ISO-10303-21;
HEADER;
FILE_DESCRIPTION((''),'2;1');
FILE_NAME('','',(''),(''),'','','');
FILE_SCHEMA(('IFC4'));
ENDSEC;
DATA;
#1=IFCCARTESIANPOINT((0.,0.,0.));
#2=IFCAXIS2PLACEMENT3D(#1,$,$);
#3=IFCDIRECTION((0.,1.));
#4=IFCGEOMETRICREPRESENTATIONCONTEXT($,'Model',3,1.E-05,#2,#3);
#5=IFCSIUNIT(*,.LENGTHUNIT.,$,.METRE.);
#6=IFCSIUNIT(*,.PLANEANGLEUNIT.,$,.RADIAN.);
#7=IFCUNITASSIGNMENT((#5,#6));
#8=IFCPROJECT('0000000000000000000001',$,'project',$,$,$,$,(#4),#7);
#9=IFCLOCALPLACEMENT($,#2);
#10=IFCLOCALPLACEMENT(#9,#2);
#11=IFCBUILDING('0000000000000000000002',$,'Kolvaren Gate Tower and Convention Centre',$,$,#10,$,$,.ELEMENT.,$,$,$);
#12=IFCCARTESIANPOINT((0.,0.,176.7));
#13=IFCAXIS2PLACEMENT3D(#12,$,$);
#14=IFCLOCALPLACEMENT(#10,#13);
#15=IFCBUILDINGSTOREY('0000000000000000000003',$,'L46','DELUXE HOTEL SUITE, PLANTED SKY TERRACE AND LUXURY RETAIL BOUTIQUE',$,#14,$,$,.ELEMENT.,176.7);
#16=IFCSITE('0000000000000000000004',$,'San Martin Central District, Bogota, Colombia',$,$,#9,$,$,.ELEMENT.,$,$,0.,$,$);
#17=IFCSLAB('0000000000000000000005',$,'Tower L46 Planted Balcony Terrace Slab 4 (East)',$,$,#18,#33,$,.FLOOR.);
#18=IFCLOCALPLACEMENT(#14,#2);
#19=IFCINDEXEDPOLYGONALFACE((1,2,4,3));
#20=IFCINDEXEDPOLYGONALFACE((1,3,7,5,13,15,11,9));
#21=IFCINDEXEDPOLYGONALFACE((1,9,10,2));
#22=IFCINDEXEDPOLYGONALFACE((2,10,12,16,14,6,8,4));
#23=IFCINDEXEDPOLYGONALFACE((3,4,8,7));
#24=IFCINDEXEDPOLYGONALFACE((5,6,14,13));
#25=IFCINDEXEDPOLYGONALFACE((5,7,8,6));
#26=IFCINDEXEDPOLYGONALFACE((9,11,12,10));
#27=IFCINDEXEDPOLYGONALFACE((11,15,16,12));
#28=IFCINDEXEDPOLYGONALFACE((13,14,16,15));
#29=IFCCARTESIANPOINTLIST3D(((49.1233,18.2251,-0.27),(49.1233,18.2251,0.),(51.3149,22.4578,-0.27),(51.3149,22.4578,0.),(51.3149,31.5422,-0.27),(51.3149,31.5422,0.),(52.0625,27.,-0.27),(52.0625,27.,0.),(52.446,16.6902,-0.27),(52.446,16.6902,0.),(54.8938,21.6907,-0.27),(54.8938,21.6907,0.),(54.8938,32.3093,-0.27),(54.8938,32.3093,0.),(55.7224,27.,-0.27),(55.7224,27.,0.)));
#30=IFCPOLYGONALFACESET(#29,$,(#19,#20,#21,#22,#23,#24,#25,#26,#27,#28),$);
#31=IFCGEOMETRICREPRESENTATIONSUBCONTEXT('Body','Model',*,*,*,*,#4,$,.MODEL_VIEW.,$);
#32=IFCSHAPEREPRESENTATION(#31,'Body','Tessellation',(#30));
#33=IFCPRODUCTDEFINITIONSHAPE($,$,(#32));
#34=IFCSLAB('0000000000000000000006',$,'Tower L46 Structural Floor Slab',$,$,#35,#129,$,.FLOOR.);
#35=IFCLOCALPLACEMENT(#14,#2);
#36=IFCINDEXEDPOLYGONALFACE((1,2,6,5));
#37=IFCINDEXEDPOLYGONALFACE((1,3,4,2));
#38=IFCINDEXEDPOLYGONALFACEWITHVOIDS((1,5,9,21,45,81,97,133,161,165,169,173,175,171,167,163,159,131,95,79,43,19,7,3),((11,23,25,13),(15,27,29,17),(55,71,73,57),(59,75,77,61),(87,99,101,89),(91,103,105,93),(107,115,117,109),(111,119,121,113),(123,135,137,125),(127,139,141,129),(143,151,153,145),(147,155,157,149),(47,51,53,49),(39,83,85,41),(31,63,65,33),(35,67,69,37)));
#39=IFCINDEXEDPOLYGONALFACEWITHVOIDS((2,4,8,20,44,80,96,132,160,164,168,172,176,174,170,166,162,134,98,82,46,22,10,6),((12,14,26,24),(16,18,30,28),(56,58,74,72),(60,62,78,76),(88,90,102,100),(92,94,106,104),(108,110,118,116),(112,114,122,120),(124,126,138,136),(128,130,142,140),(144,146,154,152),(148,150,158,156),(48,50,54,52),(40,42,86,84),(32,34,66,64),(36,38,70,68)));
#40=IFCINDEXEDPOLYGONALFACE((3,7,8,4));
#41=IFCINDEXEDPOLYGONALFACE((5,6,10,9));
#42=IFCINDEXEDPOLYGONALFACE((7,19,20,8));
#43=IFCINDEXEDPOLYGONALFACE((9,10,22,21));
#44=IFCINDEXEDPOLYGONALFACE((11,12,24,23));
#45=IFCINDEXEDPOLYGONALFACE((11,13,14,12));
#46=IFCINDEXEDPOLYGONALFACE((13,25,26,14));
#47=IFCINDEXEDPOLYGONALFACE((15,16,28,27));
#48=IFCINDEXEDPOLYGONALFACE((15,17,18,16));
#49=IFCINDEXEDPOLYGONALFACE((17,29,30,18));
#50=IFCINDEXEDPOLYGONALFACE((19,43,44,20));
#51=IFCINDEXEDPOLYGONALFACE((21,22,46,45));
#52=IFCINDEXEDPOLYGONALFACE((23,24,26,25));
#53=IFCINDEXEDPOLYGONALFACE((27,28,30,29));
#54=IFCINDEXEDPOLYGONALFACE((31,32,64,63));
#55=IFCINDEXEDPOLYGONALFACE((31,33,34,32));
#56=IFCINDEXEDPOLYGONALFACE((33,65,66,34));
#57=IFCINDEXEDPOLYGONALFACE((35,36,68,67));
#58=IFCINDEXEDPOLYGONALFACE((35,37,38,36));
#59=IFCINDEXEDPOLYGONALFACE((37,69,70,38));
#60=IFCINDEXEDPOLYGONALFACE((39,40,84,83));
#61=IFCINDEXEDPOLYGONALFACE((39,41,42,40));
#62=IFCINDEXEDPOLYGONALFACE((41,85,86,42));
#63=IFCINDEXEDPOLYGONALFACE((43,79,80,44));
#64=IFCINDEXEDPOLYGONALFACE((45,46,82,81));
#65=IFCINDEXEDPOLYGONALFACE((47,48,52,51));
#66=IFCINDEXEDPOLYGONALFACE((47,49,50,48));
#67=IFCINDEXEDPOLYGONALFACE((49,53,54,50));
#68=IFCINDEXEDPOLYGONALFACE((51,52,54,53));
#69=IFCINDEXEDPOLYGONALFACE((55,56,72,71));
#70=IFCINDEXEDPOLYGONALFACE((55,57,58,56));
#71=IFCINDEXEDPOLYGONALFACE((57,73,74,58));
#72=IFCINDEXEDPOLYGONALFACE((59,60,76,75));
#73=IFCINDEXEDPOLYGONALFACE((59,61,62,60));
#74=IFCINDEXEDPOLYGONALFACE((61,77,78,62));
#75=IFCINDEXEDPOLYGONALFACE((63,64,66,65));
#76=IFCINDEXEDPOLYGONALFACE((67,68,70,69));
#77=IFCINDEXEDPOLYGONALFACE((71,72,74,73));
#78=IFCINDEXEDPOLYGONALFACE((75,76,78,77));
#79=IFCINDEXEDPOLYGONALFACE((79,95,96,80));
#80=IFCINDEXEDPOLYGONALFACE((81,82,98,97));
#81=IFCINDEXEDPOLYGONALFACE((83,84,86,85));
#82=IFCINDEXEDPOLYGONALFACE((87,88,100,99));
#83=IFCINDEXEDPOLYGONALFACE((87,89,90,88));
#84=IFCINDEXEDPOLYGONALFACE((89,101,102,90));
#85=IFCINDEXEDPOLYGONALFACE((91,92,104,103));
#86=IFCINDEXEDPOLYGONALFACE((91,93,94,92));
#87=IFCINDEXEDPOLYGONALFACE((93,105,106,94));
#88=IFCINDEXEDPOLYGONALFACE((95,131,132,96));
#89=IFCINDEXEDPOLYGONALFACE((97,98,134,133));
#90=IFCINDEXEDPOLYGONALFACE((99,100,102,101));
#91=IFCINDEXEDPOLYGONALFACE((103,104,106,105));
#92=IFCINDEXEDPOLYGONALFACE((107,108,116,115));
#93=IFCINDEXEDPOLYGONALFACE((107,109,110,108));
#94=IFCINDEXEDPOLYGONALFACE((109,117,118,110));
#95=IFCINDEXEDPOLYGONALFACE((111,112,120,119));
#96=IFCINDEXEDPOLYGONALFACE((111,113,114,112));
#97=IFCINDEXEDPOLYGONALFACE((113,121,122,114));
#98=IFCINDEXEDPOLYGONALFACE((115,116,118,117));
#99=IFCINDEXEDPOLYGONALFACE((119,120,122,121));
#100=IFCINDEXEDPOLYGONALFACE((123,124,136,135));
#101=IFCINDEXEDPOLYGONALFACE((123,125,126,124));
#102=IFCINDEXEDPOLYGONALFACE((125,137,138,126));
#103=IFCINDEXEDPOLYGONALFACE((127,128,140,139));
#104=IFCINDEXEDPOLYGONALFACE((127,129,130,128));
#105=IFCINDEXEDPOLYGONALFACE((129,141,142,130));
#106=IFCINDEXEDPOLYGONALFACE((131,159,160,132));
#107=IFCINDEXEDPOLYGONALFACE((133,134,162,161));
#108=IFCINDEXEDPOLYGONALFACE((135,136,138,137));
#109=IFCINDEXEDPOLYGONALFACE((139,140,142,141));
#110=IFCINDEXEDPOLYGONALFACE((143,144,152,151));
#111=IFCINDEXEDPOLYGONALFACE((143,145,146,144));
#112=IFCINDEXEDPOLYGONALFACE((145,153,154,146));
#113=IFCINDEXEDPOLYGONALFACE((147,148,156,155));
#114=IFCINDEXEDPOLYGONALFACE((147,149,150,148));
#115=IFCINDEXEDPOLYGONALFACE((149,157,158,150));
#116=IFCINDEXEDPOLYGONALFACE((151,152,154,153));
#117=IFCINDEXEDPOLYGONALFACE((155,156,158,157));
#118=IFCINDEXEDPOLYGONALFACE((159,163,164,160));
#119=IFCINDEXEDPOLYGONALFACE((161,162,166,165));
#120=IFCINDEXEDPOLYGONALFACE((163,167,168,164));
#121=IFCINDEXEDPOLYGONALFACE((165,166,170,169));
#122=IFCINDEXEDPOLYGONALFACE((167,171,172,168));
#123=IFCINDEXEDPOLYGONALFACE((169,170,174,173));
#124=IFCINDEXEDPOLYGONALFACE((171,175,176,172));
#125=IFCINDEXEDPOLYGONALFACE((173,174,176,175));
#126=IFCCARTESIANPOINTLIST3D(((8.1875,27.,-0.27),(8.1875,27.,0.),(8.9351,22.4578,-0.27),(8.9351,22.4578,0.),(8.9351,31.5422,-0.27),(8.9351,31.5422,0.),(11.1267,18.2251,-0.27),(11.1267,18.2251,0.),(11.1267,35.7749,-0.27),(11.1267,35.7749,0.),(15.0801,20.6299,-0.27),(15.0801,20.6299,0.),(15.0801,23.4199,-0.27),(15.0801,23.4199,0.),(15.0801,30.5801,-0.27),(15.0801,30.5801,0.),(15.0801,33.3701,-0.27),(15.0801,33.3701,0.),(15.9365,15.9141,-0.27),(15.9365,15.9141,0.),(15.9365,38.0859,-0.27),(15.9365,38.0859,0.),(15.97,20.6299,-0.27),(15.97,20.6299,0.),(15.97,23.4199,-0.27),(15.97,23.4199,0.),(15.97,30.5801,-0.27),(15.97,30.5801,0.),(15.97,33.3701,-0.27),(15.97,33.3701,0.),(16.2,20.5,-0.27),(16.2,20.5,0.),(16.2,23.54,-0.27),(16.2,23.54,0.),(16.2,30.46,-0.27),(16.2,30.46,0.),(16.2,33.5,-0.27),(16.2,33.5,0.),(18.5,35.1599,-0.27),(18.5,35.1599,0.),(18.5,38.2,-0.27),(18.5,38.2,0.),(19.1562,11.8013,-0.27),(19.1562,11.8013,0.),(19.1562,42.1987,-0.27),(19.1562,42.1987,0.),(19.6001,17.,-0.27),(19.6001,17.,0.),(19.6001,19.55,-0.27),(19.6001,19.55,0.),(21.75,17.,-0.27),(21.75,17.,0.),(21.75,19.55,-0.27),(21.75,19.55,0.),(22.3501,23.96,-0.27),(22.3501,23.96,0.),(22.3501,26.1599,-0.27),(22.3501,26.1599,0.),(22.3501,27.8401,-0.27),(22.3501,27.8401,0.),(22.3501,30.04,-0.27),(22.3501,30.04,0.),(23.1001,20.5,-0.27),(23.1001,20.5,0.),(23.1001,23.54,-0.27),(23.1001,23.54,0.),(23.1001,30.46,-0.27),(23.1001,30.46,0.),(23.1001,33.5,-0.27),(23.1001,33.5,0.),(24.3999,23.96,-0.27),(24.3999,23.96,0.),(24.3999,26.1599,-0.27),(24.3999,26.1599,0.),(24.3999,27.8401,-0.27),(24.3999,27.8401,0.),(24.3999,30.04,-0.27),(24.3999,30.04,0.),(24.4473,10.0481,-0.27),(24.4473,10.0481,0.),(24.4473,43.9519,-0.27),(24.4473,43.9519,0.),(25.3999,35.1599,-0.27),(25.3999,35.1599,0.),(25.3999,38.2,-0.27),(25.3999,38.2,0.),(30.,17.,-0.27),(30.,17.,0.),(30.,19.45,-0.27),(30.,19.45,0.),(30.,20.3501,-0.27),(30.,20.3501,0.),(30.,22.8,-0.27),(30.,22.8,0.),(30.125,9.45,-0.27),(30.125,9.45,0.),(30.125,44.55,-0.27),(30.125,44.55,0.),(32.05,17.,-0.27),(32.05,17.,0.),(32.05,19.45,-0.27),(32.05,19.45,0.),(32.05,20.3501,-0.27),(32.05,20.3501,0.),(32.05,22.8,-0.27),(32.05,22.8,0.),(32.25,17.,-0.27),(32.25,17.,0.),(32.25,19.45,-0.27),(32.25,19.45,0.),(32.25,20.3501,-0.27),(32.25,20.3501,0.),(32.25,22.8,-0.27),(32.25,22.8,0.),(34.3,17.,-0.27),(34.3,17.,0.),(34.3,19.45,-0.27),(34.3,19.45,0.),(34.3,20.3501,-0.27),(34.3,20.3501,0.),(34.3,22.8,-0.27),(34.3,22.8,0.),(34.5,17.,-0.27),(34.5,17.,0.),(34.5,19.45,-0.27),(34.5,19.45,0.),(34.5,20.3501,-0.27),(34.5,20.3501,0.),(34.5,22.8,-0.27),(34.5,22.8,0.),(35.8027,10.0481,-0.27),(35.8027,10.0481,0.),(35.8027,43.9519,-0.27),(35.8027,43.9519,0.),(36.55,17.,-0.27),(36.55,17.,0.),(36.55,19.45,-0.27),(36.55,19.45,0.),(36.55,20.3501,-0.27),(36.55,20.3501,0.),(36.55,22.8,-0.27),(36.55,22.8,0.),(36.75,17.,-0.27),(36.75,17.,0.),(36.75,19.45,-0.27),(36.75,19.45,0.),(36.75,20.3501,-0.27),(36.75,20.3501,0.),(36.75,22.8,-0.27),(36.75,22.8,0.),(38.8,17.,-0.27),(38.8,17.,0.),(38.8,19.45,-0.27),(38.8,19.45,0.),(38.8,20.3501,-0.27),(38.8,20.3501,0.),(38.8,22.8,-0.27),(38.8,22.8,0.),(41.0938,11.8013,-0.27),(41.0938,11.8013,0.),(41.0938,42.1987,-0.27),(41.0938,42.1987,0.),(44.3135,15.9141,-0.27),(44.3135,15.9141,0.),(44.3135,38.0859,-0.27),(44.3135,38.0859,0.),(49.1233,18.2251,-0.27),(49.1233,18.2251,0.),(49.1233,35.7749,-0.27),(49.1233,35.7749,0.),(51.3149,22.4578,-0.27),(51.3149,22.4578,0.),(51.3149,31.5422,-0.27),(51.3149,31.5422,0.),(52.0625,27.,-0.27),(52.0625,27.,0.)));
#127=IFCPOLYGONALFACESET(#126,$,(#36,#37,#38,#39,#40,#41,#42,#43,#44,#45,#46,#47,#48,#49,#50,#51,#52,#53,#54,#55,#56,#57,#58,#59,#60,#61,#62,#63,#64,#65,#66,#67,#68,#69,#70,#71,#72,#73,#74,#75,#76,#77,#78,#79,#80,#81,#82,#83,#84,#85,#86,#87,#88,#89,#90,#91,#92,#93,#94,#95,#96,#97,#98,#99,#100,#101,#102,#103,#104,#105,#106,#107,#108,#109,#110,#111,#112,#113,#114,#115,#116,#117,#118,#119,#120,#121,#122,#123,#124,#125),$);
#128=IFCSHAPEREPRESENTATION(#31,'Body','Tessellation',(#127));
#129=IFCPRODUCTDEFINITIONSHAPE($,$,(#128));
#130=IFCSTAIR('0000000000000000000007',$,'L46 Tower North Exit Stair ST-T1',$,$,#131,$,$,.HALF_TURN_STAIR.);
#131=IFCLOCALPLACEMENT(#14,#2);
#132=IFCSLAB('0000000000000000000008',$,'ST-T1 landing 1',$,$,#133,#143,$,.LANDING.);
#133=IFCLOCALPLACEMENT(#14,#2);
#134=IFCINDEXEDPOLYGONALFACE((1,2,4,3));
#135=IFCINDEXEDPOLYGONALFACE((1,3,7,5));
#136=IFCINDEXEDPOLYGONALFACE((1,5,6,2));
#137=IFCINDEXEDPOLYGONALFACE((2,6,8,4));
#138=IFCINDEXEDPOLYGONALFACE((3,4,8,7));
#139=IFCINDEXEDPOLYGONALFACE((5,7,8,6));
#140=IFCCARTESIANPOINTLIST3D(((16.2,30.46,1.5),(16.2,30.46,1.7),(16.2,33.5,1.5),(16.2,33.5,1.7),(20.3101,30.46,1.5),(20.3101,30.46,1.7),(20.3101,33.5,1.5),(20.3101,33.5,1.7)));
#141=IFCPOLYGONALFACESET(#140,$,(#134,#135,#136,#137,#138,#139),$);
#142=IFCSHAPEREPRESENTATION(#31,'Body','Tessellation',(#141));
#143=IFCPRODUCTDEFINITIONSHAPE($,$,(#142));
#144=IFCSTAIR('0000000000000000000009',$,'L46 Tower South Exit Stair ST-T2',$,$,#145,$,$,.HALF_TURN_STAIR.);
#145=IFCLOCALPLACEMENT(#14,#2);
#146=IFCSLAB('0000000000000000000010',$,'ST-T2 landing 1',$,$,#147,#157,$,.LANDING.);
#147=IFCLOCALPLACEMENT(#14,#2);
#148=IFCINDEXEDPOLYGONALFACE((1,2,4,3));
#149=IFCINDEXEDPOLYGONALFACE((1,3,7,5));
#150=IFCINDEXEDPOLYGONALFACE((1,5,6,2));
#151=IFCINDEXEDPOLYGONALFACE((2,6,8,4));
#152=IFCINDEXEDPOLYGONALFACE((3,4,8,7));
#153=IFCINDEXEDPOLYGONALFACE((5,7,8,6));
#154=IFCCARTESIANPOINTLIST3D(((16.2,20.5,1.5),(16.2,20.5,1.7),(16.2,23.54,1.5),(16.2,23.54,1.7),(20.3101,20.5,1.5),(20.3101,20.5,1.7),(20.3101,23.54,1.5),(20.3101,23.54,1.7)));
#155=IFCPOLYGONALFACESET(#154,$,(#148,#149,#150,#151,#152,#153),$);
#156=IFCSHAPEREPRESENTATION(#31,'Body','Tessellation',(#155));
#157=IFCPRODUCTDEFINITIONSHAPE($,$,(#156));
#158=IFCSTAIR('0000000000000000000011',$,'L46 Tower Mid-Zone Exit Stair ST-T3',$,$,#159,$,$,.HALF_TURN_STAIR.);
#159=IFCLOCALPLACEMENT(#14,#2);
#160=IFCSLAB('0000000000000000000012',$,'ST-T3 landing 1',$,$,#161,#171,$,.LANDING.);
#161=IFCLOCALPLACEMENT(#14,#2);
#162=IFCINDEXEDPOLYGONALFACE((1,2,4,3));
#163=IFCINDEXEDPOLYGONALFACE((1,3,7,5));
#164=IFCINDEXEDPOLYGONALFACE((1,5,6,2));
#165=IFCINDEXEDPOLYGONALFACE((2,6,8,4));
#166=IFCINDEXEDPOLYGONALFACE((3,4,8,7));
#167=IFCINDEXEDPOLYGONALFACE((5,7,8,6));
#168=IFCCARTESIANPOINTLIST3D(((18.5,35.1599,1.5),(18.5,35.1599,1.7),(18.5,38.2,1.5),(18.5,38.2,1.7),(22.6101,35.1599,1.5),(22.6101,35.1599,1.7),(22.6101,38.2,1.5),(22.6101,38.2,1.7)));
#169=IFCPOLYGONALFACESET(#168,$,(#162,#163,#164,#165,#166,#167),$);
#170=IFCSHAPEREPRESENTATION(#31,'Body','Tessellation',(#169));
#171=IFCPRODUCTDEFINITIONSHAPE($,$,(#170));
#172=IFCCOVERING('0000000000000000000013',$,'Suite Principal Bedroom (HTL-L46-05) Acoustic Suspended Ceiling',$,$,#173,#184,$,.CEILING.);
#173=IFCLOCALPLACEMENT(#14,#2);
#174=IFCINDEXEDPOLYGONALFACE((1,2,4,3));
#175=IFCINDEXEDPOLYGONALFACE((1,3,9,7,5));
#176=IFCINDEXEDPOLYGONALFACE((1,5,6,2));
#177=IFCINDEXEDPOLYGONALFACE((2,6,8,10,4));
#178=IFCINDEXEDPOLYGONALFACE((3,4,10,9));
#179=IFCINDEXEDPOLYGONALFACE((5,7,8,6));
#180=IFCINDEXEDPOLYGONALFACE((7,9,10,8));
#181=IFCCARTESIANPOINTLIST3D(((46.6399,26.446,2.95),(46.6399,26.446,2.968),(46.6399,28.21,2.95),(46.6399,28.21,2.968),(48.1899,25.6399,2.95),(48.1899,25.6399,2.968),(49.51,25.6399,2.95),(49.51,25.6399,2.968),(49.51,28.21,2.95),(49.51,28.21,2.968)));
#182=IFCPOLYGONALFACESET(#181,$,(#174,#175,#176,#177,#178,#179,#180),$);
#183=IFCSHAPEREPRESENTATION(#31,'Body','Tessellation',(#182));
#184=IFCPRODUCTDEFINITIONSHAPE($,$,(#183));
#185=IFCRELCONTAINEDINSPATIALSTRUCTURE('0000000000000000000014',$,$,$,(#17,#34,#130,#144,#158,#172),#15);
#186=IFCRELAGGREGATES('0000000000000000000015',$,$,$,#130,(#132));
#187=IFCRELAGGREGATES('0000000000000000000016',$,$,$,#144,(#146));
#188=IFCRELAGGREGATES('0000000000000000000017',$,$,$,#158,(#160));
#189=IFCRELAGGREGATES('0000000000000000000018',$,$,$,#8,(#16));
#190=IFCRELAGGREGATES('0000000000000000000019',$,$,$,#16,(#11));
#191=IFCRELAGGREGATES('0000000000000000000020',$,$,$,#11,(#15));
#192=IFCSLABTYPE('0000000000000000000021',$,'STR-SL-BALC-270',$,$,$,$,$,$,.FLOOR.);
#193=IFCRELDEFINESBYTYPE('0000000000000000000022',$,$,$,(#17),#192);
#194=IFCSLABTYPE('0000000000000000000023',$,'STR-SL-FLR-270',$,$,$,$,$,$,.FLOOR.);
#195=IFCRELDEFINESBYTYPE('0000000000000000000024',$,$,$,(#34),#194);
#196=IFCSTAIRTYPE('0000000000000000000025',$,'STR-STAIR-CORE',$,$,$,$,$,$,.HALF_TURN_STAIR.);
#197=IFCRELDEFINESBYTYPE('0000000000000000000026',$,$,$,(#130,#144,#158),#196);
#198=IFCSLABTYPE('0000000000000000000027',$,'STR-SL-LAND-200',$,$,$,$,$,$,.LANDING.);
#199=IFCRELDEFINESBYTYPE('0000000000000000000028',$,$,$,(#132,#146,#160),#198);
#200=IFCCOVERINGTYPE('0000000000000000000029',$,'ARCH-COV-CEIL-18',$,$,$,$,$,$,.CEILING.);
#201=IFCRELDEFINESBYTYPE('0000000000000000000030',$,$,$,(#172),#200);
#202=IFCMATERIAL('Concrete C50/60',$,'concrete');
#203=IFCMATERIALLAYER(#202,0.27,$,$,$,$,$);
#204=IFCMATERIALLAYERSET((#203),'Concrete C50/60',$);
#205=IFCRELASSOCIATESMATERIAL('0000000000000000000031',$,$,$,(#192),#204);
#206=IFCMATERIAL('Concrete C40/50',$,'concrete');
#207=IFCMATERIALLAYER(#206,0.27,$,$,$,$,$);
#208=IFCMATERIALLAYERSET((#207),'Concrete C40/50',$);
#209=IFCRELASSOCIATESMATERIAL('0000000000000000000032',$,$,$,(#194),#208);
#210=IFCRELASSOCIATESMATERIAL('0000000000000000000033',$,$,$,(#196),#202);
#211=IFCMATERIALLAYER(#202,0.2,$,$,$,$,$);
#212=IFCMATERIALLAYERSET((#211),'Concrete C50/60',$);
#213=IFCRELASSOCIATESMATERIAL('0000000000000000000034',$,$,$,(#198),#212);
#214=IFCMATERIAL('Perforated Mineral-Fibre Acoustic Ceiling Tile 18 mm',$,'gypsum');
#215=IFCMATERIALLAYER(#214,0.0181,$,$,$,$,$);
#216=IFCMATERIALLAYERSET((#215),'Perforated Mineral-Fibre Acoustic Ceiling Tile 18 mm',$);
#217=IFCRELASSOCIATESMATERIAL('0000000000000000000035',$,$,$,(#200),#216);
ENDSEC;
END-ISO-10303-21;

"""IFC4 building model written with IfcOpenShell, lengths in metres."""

from ifc_helpers import new_model, si_unit, direction, frame, origin, place, context, subcontext, project, spatial, polyline, outline, extrude, material, layer, layer_set, type_object, element, aggregate, save


model = new_model("IFC4")

# Units and contexts
model_context = context("Model", 3, precision=1e-05, world=origin(), true_north=direction((0.0, 1.0)))
body_context = subcontext(model_context, "Body", "Model", "MODEL_VIEW")
ifc_project = project(units=[si_unit("LENGTHUNIT", "METRE"), si_unit("PLANEANGLEUNIT", "RADIAN")], contexts=[model_context])

# Site, building, storey
site_placement = place(None, origin())
site = spatial("IfcSite", under=ifc_project, at=site_placement, Name="San Martin Central District, Bogota, Colombia", CompositionType="ELEMENT", RefElevation=0.0)
building_placement = place(site_placement, origin())
building = spatial("IfcBuilding", under=site, at=building_placement, Name="Kolvaren Gate Tower and Convention Centre", CompositionType="ELEMENT")
storey_placement = place(building_placement, frame((0.0, 0.0, 176.7)))
storey = spatial("IfcBuildingStorey", under=building, at=storey_placement, Name="L46", Description="DELUXE HOTEL SUITE, PLANTED SKY TERRACE AND LUXURY RETAIL BOUTIQUE", CompositionType="ELEMENT", Elevation=176.7)

# Slabs
ifc_material_1 = material(Name="Concrete C50/60", Category="concrete")
ifc_layer_1 = layer(ifc_material_1, 0.27)
ifc_layer_set_1 = layer_set([ifc_layer_1], Name="Concrete C50/60")
slab_type_1 = type_object("IfcSlabType", Name="STR-SL-BALC-270", PredefinedType="FLOOR", material=ifc_layer_set_1)
slab_1_placement = place(storey_placement, frame((0.0, 0.0, -0.27)))
element("IfcSlab", 1, at=slab_1_placement, inside=storey, type_object=slab_type_1, Name="Tower L46 Planted Balcony Terrace Slab 4 (East)", PredefinedType="FLOOR", context=body_context, shape_type="SweptSolid", body=[
    extrude(outline(polyline([(49.1233, 18.2251), (51.3149, 22.4578), (52.0625, 27.0), (51.3149, 31.5422), (54.8938, 32.3093), (55.7224, 27.0), (54.8938, 21.6907), (52.446, 16.6902), (49.1233, 18.2251)])), origin(), (0.0, 0.0, 1.0), 0.27),
])
ifc_material_2 = material(Name="Concrete C40/50", Category="concrete")
ifc_layer_2 = layer(ifc_material_2, 0.27)
ifc_layer_set_2 = layer_set([ifc_layer_2], Name="Concrete C40/50")
slab_type_2 = type_object("IfcSlabType", Name="STR-SL-FLR-270", PredefinedType="FLOOR", material=ifc_layer_set_2)
slab_2_placement = place(storey_placement, frame((0.0, 0.0, -0.27)))
element("IfcSlab", 2, at=slab_2_placement, inside=storey, type_object=slab_type_2, Name="Tower L46 Structural Floor Slab", PredefinedType="FLOOR", context=body_context, shape_type="SweptSolid", body=[
    extrude(outline(polyline([(52.0625, 27.0), (51.3149, 31.5422), (49.1233, 35.7749), (44.3135, 38.0859), (41.0938, 42.1987), (35.8027, 43.9519), (30.125, 44.55), (24.4473, 43.9519), (19.1562, 42.1987), (15.9365, 38.0859), (11.1267, 35.7749), (8.9351, 31.5422), (8.1875, 27.0), (8.9351, 22.4578), (11.1267, 18.2251), (15.9365, 15.9141), (19.1562, 11.8013), (24.4473, 10.0481), (30.125, 9.45), (35.8027, 10.0481), (41.0938, 11.8013), (44.3135, 15.9141), (49.1233, 18.2251), (51.3149, 22.4578), (52.0625, 27.0)]), holes=[polyline([(36.75, 17.0), (36.75, 19.45), (38.8, 19.45), (38.8, 17.0), (36.75, 17.0)]), polyline([(36.75, 20.3501), (36.75, 22.8), (38.8, 22.8), (38.8, 20.3501), (36.75, 20.3501)]), polyline([(34.5, 17.0), (34.5, 19.45), (36.55, 19.45), (36.55, 17.0), (34.5, 17.0)]), polyline([(34.5, 20.3501), (34.5, 22.8), (36.55, 22.8), (36.55, 20.3501), (34.5, 20.3501)]), polyline([(32.25, 17.0), (32.25, 19.45), (34.3, 19.45), (34.3, 17.0), (32.25, 17.0)]), polyline([(32.25, 20.3501), (32.25, 22.8), (34.3, 22.8), (34.3, 20.3501), (32.25, 20.3501)]), polyline([(30.0, 17.0), (30.0, 19.45), (32.05, 19.45), (32.05, 17.0), (30.0, 17.0)]), polyline([(30.0, 20.3501), (30.0, 22.8), (32.05, 22.8), (32.05, 20.3501), (30.0, 20.3501)]), polyline([(25.3999, 38.2), (25.3999, 35.1599), (18.5, 35.1599), (18.5, 38.2), (25.3999, 38.2)]), polyline([(22.3501, 23.96), (22.3501, 26.1599), (24.3999, 26.1599), (24.3999, 23.96), (22.3501, 23.96)]), polyline([(22.3501, 27.8401), (22.3501, 30.04), (24.3999, 30.04), (24.3999, 27.8401), (22.3501, 27.8401)]), polyline([(23.1001, 23.54), (23.1001, 20.5), (16.2, 20.5), (16.2, 23.54), (23.1001, 23.54)]), polyline([(23.1001, 33.5), (23.1001, 30.46), (16.2, 30.46), (16.2, 33.5), (23.1001, 33.5)]), polyline([(19.6001, 17.0), (19.6001, 19.55), (21.75, 19.55), (21.75, 17.0), (19.6001, 17.0)]), polyline([(15.0801, 20.6299), (15.0801, 23.4199), (15.97, 23.4199), (15.97, 20.6299), (15.0801, 20.6299)]), polyline([(15.0801, 30.5801), (15.0801, 33.3701), (15.97, 33.3701), (15.97, 30.5801), (15.0801, 30.5801)])]), origin(), (0.0, 0.0, 1.0), 0.27),
])

# Stairs, slabs
stair_type = type_object("IfcStairType", Name="STR-STAIR-CORE", PredefinedType="HALF_TURN_STAIR", material=ifc_material_1)
stair_1_placement = place(storey_placement, origin())
stair_1 = element("IfcStair", 3, at=stair_1_placement, inside=storey, type_object=stair_type, Name="L46 Tower North Exit Stair ST-T1", PredefinedType="HALF_TURN_STAIR")
ifc_layer_3 = layer(ifc_material_1, 0.2)
ifc_layer_set_3 = layer_set([ifc_layer_3], Name="Concrete C50/60")
slab_type_3 = type_object("IfcSlabType", Name="STR-SL-LAND-200", PredefinedType="LANDING", material=ifc_layer_set_3)
slab_3_placement = place(storey_placement, frame((0.0, 0.0, 1.5)))
slab_3 = element("IfcSlab", 4, at=slab_3_placement, type_object=slab_type_3, Name="ST-T1 landing 1", PredefinedType="LANDING", context=body_context, shape_type="SweptSolid", body=[
    extrude(outline(polyline([(20.3101, 33.5), (16.2, 33.5), (16.2, 30.46), (20.3101, 30.46), (20.3101, 33.5)])), origin(), (0.0, 0.0, 1.0), 0.2),
])
aggregate(stair_1, [slab_3])
stair_2_placement = place(storey_placement, origin())
stair_2 = element("IfcStair", 5, at=stair_2_placement, inside=storey, type_object=stair_type, Name="L46 Tower South Exit Stair ST-T2", PredefinedType="HALF_TURN_STAIR")
slab_4_placement = place(storey_placement, frame((0.0, 0.0, 1.5)))
slab_4 = element("IfcSlab", 6, at=slab_4_placement, type_object=slab_type_3, Name="ST-T2 landing 1", PredefinedType="LANDING", context=body_context, shape_type="SweptSolid", body=[
    extrude(outline(polyline([(20.3101, 23.54), (16.2, 23.54), (16.2, 20.5), (20.3101, 20.5), (20.3101, 23.54)])), origin(), (0.0, 0.0, 1.0), 0.2),
])
aggregate(stair_2, [slab_4])
stair_3_placement = place(storey_placement, origin())
stair_3 = element("IfcStair", 7, at=stair_3_placement, inside=storey, type_object=stair_type, Name="L46 Tower Mid-Zone Exit Stair ST-T3", PredefinedType="HALF_TURN_STAIR")
slab_5_placement = place(storey_placement, frame((0.0, 0.0, 1.5)))
slab_5 = element("IfcSlab", 8, at=slab_5_placement, type_object=slab_type_3, Name="ST-T3 landing 1", PredefinedType="LANDING", context=body_context, shape_type="SweptSolid", body=[
    extrude(outline(polyline([(22.6101, 38.2), (18.5, 38.2), (18.5, 35.1599), (22.6101, 35.1599), (22.6101, 38.2)])), origin(), (0.0, 0.0, 1.0), 0.2),
])
aggregate(stair_3, [slab_5])

# Covering
ifc_material_3 = material(Name="Perforated Mineral-Fibre Acoustic Ceiling Tile 18 mm", Category="gypsum")
ifc_layer_4 = layer(ifc_material_3, 0.0181)
ifc_layer_set_4 = layer_set([ifc_layer_4], Name="Perforated Mineral-Fibre Acoustic Ceiling Tile 18 mm")
covering_type_1 = type_object("IfcCoveringType", Name="ARCH-COV-CEIL-18", PredefinedType="CEILING", material=ifc_layer_set_4)
covering_1_placement = place(storey_placement, frame((0.0, 0.0, 2.95)))
element("IfcCovering", 9, at=covering_1_placement, inside=storey, type_object=covering_type_1, Name="Suite Principal Bedroom (HTL-L46-05) Acoustic Suspended Ceiling", PredefinedType="CEILING", context=body_context, shape_type="SweptSolid", body=[
    extrude(outline(polyline([(46.6399, 28.21), (49.51, 28.21), (49.51, 25.6399), (48.1899, 25.6399), (46.6399, 26.446), (46.6399, 28.21)])), origin(), (0.0, 0.0, 1.0), 0.0181),
])

save(model, "model.ifc")
